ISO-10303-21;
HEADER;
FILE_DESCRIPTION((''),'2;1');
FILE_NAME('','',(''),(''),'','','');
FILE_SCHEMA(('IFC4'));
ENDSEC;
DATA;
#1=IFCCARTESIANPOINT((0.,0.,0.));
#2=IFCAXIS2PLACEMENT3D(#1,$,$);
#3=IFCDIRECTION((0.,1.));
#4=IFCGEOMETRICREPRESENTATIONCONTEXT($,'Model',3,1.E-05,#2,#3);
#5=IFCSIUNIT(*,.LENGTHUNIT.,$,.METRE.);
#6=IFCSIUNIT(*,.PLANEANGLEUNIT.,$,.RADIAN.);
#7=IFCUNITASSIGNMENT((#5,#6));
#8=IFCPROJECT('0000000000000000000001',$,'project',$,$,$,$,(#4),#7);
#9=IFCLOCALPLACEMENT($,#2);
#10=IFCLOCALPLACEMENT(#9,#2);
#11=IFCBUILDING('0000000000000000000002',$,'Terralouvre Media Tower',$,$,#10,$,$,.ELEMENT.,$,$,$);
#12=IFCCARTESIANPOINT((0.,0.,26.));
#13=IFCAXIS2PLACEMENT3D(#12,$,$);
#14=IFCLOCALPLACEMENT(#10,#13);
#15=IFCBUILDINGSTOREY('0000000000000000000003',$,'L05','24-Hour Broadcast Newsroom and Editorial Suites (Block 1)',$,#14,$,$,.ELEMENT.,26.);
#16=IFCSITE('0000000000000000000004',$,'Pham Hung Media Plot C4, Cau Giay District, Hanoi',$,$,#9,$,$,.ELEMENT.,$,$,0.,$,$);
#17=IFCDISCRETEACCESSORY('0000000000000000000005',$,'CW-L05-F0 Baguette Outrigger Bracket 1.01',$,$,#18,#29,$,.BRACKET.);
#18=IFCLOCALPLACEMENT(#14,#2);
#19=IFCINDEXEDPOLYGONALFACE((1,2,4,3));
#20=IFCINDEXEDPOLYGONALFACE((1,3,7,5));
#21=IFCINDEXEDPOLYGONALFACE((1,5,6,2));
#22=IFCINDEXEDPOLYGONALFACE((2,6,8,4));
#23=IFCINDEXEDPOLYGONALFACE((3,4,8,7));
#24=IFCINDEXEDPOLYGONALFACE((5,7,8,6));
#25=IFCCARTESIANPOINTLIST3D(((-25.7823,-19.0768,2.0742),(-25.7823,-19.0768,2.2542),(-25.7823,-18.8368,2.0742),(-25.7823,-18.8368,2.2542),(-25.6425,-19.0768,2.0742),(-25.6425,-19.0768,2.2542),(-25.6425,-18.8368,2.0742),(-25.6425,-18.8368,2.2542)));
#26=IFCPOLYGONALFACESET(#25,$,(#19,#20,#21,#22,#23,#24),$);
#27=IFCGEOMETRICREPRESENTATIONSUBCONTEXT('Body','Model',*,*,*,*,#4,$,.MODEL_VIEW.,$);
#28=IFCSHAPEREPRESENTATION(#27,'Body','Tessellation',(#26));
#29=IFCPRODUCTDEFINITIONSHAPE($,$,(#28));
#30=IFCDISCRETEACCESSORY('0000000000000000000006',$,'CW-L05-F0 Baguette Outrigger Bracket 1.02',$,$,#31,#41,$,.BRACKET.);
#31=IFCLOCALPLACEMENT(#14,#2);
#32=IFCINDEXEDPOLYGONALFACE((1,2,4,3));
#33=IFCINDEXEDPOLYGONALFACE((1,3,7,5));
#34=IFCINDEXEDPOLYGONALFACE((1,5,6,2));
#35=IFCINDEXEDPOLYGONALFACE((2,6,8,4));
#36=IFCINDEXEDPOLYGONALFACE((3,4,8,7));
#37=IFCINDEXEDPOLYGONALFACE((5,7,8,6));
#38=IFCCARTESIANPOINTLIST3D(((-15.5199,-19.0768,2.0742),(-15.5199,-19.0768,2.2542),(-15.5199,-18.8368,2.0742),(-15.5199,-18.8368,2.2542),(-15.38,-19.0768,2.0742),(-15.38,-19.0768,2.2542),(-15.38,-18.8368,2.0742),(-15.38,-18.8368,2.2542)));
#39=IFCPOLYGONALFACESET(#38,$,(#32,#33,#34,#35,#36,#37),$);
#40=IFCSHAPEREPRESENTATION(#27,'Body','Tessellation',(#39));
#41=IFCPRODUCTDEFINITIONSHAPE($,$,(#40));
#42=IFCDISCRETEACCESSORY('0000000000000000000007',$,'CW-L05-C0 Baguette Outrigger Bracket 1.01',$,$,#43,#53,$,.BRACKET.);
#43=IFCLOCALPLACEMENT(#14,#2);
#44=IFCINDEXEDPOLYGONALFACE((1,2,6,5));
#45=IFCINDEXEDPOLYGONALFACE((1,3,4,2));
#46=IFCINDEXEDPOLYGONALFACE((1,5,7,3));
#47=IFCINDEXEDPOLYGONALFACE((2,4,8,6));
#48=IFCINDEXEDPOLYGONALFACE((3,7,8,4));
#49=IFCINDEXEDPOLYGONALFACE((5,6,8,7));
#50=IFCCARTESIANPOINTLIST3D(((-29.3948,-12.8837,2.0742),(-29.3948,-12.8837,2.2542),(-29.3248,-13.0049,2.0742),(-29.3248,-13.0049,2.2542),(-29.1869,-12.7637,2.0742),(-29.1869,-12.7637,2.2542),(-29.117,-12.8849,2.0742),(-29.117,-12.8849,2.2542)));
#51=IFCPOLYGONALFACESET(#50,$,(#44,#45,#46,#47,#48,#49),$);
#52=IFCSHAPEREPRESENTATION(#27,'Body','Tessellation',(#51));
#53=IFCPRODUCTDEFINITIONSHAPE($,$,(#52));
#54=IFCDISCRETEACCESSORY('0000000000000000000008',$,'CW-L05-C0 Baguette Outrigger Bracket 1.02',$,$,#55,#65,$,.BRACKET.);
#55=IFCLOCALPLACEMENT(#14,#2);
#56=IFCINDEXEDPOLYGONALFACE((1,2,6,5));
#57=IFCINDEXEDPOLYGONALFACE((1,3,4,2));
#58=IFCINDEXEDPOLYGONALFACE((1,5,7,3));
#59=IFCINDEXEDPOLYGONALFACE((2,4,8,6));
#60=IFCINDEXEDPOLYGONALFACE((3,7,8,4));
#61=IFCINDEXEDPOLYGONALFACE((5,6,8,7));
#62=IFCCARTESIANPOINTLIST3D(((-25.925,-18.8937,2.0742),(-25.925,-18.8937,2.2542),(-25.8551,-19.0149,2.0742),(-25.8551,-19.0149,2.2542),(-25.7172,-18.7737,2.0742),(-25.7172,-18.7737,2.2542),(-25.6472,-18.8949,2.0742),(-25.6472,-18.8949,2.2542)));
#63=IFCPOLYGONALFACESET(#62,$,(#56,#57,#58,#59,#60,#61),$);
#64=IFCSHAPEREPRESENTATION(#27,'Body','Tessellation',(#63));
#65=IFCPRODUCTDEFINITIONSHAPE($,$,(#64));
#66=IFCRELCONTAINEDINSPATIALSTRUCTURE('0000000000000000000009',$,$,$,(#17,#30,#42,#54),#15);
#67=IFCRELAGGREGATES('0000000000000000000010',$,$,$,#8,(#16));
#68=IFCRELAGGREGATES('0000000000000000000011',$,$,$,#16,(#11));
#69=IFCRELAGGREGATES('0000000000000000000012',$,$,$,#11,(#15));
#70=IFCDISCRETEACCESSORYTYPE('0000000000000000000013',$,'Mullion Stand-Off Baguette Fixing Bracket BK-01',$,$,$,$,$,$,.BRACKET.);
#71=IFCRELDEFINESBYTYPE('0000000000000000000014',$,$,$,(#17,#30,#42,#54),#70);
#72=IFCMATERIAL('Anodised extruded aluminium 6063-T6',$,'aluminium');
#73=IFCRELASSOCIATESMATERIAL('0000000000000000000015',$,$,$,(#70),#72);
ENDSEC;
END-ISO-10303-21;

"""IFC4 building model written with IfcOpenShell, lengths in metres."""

from ifc_helpers import new_model, si_unit, direction, frame, origin, origin_2d, place, context, subcontext, project, spatial, rectangle, extrude, material, type_object, element, save


model = new_model("IFC4")

# Units and contexts
model_context = context("Model", 3, precision=1e-05, world=origin(), true_north=direction((0.0, 1.0)))
body_context = subcontext(model_context, "Body", "Model", "MODEL_VIEW")
ifc_project = project(units=[si_unit("LENGTHUNIT", "METRE"), si_unit("PLANEANGLEUNIT", "RADIAN")], contexts=[model_context])

# Site, building, storey
site_placement = place(None, origin())
site = spatial("IfcSite", under=ifc_project, at=site_placement, Name="Pham Hung Media Plot C4, Cau Giay District, Hanoi", CompositionType="ELEMENT", RefElevation=0.0)
building_placement = place(site_placement, origin())
building = spatial("IfcBuilding", under=site, at=building_placement, Name="Terralouvre Media Tower", CompositionType="ELEMENT")
storey_placement = place(building_placement, frame((0.0, 0.0, 26.0)))
storey = spatial("IfcBuildingStorey", under=building, at=storey_placement, Name="L05", Description="24-Hour Broadcast Newsroom and Editorial Suites (Block 1)", CompositionType="ELEMENT", Elevation=26.0)

# Discrete accessories
ifc_material_1 = material(Name="Anodised extruded aluminium 6063-T6", Category="aluminium")
discrete_accessory_type = type_object("IfcDiscreteAccessoryType", Name="Mullion Stand-Off Baguette Fixing Bracket BK-01", PredefinedType="BRACKET", material=ifc_material_1)
for number, where, z_axis, x_axis, name in (
    (1, (-25.7124, -18.9568, 2.0742), (0.0, 0.0, 1.0), (1.0, 0.0, 0.0), "CW-L05-F0 Baguette Outrigger Bracket 1.01"),
    (2, (-15.45, -18.9568, 2.0742), (0.0, 0.0, 1.0), (1.0, 0.0, 0.0), "CW-L05-F0 Baguette Outrigger Bracket 1.02"),
    (3, (-29.2559, -12.8843, 2.0742), (0.0, 0.0, 1.0), (0.5, -0.866026, 0.0), "CW-L05-C0 Baguette Outrigger Bracket 1.01"),
    (4, (-25.7861, -18.8943, 2.0742), (0.0, 0.0, 1.0), (0.5, -0.866026, 0.0), "CW-L05-C0 Baguette Outrigger Bracket 1.02"),
):
    element("IfcDiscreteAccessory", number, at=place(storey_placement, frame(where, z_axis=z_axis, x_axis=x_axis)), inside=storey, type_object=discrete_accessory_type, Name=name, PredefinedType="BRACKET", context=body_context, shape_type="SweptSolid", body=[
        extrude(rectangle(XDim=0.1399, YDim=0.24, at=origin_2d()), origin(), (0.0, 0.0, 1.0), 0.1799),
    ])

save(model, "model.ifc")
